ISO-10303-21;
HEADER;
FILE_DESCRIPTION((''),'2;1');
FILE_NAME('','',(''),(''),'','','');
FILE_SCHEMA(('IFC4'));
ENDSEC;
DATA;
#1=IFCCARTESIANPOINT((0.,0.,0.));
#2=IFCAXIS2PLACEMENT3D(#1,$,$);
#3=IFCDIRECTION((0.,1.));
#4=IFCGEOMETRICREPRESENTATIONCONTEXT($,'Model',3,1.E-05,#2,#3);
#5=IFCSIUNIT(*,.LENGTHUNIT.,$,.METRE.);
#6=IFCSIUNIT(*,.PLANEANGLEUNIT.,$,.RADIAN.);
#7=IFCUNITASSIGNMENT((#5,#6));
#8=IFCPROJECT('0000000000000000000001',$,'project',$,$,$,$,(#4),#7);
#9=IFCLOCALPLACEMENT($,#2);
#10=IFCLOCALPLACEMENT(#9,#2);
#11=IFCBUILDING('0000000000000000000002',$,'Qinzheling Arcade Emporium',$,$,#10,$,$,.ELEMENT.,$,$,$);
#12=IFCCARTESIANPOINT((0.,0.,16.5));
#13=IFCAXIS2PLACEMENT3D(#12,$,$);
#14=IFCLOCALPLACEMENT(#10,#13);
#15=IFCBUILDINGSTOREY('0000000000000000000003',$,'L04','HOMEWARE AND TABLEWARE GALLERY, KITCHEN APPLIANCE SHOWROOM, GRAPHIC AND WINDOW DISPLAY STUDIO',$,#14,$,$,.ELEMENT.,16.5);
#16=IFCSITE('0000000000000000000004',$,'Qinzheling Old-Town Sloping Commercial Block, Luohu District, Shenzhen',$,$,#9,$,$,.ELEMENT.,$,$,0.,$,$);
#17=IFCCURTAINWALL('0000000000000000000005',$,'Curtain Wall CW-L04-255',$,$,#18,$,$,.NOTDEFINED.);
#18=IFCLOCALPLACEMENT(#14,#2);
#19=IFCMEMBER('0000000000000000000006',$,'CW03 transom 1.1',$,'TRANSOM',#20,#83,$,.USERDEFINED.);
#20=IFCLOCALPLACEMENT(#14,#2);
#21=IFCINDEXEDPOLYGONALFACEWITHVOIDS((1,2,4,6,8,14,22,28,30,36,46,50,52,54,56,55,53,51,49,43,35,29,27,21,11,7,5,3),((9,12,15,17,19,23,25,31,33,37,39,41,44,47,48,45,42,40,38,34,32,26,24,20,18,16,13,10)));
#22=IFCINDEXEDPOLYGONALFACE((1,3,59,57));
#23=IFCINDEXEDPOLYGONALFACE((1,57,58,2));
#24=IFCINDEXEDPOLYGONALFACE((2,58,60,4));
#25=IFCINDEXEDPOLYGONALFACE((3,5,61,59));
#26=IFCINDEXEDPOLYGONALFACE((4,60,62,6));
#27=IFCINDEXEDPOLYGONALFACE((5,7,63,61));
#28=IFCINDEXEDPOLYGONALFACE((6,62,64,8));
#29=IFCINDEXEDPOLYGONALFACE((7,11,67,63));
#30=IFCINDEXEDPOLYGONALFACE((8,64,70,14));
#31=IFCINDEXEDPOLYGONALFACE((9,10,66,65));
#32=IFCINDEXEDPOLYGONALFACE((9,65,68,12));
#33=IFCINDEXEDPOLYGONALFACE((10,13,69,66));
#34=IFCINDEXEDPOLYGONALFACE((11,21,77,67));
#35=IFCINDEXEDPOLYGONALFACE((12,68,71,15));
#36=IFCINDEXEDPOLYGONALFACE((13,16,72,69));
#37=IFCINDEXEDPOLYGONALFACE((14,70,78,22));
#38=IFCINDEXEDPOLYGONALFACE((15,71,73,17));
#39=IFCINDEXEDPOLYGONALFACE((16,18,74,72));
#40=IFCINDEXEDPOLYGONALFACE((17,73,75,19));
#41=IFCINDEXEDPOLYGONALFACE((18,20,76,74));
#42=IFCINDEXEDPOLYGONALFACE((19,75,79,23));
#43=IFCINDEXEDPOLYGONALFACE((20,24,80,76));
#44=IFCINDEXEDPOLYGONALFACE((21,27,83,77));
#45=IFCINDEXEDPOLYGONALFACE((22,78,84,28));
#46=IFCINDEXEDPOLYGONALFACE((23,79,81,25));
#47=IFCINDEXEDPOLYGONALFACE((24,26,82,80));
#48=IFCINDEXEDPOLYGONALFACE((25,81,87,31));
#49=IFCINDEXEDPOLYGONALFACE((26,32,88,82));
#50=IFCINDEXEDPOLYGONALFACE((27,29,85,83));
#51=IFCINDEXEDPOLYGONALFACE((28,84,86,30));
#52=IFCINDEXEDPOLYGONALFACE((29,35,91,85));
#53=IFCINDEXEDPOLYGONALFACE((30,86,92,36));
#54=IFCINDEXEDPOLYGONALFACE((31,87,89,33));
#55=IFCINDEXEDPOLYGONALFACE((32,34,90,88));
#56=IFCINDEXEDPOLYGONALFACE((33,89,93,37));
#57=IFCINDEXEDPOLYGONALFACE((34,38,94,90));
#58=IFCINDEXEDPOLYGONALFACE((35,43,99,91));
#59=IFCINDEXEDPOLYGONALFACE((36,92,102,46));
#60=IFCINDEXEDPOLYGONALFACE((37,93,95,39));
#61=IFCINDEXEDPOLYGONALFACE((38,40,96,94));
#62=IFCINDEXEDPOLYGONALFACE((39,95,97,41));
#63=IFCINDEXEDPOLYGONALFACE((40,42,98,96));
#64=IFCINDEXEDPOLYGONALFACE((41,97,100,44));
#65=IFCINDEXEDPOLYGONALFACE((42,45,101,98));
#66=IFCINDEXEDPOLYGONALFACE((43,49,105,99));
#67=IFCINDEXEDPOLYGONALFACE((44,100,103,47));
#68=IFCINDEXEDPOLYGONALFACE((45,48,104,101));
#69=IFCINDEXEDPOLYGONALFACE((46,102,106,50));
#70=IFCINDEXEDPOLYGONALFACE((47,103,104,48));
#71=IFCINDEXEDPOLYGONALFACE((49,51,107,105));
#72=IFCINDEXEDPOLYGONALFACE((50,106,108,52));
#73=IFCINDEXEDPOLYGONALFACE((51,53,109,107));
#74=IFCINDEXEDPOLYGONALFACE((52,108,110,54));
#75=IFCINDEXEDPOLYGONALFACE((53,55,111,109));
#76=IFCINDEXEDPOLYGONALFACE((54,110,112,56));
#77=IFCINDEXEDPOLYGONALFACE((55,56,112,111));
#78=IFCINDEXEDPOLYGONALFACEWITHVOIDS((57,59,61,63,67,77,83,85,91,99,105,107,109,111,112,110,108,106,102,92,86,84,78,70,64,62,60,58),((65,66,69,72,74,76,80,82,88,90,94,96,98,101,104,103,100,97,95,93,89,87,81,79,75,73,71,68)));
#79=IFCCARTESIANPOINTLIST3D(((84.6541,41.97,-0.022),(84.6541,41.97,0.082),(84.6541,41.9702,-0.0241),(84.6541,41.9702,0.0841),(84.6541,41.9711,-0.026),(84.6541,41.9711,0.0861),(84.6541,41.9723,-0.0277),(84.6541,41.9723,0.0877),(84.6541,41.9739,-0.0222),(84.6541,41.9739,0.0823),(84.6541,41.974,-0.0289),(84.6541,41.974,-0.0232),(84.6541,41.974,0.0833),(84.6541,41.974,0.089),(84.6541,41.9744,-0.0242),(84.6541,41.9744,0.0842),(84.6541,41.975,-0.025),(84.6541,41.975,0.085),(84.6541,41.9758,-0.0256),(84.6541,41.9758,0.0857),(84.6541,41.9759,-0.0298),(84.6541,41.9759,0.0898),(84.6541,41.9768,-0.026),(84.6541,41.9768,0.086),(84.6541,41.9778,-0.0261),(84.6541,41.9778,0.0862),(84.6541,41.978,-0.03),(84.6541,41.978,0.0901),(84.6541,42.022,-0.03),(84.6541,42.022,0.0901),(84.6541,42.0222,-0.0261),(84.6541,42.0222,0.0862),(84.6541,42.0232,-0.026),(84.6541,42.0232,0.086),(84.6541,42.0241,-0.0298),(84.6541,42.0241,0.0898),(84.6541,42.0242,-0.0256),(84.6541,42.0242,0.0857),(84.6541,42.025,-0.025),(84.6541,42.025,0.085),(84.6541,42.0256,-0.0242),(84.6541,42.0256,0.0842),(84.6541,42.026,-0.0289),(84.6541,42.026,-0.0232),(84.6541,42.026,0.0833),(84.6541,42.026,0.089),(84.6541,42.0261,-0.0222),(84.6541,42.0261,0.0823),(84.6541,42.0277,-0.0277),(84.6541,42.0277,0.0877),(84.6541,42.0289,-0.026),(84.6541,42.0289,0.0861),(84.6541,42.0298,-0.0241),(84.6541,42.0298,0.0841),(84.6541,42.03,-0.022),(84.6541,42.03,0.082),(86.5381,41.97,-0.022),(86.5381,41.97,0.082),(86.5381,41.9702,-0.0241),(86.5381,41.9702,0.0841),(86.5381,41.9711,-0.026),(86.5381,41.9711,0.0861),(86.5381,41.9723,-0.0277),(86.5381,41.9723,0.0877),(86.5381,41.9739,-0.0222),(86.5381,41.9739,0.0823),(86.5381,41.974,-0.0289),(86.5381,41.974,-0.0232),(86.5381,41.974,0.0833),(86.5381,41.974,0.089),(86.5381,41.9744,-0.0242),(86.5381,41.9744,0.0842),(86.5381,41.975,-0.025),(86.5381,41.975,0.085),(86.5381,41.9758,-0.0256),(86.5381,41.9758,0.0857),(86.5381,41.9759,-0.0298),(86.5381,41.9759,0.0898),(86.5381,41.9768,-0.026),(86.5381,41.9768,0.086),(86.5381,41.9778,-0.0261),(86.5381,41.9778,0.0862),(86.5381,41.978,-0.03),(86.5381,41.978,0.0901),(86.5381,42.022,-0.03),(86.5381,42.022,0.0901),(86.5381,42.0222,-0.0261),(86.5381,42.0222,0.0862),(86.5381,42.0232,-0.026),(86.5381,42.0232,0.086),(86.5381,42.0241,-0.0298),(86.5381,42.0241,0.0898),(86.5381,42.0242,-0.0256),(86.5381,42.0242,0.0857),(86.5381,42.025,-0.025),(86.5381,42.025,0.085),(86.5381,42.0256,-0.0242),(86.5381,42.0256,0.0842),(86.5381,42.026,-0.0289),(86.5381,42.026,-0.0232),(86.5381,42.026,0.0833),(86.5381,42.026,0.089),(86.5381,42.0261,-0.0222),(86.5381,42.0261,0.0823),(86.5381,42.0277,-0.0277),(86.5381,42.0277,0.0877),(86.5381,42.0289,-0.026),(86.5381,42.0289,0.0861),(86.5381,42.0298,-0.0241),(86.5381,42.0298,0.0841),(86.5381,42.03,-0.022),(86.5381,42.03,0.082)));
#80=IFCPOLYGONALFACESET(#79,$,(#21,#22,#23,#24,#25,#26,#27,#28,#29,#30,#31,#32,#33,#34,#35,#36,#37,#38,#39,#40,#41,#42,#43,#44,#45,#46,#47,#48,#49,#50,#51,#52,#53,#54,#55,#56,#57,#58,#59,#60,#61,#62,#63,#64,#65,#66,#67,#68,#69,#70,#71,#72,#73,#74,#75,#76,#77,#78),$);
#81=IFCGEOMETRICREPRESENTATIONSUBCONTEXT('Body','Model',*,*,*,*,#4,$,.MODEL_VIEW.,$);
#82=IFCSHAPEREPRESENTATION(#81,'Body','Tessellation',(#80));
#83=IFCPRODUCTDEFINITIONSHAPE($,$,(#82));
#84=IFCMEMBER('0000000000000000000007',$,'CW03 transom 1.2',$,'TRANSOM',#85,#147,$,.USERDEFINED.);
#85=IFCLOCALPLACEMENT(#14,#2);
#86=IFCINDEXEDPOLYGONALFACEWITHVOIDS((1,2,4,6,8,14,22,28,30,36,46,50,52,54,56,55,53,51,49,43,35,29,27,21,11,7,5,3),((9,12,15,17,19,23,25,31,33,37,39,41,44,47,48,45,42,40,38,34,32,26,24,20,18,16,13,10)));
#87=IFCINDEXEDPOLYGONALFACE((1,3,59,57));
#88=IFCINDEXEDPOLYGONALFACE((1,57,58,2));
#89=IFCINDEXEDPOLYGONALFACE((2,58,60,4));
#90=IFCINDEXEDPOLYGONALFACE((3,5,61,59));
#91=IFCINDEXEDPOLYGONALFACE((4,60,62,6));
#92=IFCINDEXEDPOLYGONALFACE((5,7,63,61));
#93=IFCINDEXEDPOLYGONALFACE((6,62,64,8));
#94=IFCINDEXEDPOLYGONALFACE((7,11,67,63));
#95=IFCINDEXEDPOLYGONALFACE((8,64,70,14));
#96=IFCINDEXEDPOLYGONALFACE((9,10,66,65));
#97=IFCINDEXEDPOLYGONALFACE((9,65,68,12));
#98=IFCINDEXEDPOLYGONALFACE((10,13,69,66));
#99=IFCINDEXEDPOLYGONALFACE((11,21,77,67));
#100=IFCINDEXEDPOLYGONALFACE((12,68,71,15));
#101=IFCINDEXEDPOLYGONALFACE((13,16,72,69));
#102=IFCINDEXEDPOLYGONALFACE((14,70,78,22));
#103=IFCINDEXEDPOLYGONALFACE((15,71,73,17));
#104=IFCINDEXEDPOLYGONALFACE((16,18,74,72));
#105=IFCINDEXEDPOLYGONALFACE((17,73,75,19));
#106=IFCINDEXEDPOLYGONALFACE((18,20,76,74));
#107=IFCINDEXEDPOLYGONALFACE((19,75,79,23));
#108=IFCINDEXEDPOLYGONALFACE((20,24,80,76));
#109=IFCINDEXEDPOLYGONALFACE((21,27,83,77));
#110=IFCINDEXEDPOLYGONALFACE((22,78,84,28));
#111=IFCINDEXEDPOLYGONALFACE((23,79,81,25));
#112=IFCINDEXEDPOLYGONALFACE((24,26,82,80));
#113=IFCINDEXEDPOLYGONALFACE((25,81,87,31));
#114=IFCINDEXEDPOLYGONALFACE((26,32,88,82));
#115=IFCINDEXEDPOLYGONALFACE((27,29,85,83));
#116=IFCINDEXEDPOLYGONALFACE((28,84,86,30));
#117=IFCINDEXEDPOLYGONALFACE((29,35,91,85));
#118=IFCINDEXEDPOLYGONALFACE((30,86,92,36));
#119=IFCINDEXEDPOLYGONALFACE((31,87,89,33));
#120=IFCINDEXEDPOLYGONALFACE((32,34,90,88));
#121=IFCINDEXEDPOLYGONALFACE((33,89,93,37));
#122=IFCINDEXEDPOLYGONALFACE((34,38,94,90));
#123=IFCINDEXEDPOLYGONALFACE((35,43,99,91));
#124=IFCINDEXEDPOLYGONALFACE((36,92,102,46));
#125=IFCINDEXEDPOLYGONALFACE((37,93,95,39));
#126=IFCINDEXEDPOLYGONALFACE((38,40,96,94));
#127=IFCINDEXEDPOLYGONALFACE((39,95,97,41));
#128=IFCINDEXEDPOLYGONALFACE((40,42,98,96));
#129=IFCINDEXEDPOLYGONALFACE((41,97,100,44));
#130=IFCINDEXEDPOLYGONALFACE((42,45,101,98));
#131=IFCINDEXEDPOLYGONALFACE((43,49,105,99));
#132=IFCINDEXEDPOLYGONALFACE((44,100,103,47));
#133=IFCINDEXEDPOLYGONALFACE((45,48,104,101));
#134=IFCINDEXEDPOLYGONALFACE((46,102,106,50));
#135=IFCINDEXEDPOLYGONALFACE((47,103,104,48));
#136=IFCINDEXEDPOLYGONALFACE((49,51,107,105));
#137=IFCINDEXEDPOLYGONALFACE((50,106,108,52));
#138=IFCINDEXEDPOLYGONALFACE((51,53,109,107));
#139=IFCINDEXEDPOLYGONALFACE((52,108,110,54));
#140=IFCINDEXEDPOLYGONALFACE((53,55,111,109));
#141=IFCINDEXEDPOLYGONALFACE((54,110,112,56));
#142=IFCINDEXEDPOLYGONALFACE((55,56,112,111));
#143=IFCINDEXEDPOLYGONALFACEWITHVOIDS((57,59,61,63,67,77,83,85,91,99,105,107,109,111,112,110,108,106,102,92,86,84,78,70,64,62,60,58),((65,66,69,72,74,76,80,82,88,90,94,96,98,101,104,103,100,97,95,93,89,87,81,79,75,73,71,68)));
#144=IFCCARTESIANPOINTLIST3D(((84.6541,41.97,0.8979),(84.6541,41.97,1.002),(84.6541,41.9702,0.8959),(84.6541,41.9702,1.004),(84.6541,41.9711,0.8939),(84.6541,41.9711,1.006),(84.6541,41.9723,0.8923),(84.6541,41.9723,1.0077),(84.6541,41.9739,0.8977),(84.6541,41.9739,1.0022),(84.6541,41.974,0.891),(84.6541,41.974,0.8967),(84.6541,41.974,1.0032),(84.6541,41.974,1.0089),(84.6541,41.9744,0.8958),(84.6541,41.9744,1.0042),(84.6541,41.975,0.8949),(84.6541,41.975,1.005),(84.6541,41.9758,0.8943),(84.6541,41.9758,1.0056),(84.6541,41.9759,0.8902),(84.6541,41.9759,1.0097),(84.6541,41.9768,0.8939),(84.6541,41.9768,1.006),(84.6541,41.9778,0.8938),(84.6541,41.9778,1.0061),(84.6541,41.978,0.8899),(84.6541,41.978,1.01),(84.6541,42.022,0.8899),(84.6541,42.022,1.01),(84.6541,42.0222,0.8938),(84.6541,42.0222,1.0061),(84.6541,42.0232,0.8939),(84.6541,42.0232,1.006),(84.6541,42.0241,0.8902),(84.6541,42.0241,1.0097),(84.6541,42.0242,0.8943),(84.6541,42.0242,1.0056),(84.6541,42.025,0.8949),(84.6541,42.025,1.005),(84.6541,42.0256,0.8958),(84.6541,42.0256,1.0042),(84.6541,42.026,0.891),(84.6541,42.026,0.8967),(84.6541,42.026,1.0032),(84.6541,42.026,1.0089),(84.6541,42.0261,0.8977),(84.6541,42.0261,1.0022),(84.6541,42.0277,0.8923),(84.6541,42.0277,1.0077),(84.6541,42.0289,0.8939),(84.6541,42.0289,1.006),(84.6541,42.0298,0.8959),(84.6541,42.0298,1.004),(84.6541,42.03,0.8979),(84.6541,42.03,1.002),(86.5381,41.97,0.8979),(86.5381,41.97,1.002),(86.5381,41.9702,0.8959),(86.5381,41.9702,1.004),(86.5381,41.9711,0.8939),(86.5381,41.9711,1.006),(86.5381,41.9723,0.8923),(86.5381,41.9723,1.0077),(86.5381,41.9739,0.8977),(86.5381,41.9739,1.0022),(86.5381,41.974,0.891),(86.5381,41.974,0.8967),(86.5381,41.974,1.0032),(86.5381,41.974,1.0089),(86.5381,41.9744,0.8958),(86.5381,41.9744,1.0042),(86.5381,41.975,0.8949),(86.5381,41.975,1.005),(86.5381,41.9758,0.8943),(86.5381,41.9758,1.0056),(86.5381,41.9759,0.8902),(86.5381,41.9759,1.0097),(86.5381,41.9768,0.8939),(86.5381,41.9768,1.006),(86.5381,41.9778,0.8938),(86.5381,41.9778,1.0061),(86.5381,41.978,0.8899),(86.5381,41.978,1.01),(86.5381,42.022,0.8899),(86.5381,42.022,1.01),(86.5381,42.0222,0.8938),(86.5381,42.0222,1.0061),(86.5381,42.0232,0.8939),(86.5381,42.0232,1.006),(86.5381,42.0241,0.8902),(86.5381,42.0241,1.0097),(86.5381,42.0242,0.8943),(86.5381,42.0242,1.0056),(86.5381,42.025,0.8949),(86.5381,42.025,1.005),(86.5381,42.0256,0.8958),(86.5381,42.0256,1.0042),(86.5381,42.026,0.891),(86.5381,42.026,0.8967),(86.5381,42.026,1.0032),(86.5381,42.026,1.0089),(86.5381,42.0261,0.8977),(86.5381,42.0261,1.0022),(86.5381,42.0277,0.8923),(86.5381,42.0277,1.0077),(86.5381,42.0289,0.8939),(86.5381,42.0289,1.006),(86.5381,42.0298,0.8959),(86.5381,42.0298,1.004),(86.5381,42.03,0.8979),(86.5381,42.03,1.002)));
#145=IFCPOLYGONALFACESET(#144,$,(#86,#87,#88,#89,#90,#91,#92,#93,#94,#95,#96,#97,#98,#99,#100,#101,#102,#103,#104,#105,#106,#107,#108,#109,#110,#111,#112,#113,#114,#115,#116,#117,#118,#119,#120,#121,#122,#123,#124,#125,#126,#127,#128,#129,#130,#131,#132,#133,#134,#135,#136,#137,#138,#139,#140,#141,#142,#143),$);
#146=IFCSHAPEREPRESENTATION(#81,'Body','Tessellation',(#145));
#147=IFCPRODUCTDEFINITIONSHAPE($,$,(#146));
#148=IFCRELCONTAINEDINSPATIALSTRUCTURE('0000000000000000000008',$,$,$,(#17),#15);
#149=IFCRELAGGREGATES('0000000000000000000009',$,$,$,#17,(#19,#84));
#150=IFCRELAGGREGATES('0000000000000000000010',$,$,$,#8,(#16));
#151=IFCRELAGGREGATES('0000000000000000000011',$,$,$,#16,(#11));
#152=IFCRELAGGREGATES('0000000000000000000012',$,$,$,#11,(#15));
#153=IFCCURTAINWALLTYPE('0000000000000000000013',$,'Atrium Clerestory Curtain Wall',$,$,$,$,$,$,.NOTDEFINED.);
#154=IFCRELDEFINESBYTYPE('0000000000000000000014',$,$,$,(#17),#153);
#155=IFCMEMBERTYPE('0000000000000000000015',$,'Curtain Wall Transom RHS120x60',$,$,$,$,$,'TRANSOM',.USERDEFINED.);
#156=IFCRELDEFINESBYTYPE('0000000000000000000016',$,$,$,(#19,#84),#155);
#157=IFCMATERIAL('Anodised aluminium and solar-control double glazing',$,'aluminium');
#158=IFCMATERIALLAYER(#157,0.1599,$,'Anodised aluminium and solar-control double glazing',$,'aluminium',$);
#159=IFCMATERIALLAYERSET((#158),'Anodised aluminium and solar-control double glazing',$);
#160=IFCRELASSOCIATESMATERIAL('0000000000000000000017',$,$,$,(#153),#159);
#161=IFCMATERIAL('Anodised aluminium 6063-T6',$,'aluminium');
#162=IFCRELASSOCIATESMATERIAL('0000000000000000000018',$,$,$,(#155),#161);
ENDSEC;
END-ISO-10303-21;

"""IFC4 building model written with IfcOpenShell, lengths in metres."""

from ifc_helpers import new_model, si_unit, direction, frame, origin, origin_2d, place, context, subcontext, project, spatial, hollow_rectangle, extrude, material, layer, layer_set, material_profile, profile_set, type_object, element, aggregate, save


model = new_model("IFC4")

# Units and contexts
model_context = context("Model", 3, precision=1e-05, world=origin(), true_north=direction((0.0, 1.0)))
body_context = subcontext(model_context, "Body", "Model", "MODEL_VIEW")
ifc_project = project(units=[si_unit("LENGTHUNIT", "METRE"), si_unit("PLANEANGLEUNIT", "RADIAN")], contexts=[model_context])

# Site, building, storey
site_placement = place(None, origin())
site = spatial("IfcSite", under=ifc_project, at=site_placement, Name="Qinzheling Old-Town Sloping Commercial Block, Luohu District, Shenzhen", CompositionType="ELEMENT", RefElevation=0.0)
building_placement = place(site_placement, origin())
building = spatial("IfcBuilding", under=site, at=building_placement, Name="Qinzheling Arcade Emporium", CompositionType="ELEMENT")
storey_placement = place(building_placement, frame((0.0, 0.0, 16.5)))
storey = spatial("IfcBuildingStorey", under=building, at=storey_placement, Name="L04", Description="HOMEWARE AND TABLEWARE GALLERY, KITCHEN APPLIANCE SHOWROOM, GRAPHIC AND WINDOW DISPLAY STUDIO", CompositionType="ELEMENT", Elevation=16.5)

# Curtain wall, members
ifc_material_1 = material(Name="Anodised aluminium and solar-control double glazing", Category="aluminium")
ifc_layer_1 = layer(ifc_material_1, 0.1599, Name="Anodised aluminium and solar-control double glazing", Category="aluminium")
ifc_layer_set_1 = layer_set([ifc_layer_1], Name="Anodised aluminium and solar-control double glazing")
curtain_wall_type = type_object("IfcCurtainWallType", Name="Atrium Clerestory Curtain Wall", PredefinedType="NOTDEFINED", material=ifc_layer_set_1)
curtain_wall_placement = place(storey_placement, origin())
curtain_wall = element("IfcCurtainWall", 1, at=curtain_wall_placement, inside=storey, type_object=curtain_wall_type, Name="Curtain Wall CW-L04-255", PredefinedType="NOTDEFINED")
ifc_material_2 = material(Name="Anodised aluminium 6063-T6", Category="aluminium")
ifc_material_profile_1 = material_profile(ifc_material_2, hollow_rectangle(XDim=0.0601, YDim=0.1201, WallThickness=0.0039, InnerFilletRadius=0.0039, OuterFilletRadius=0.0081, at=origin_2d()), Name="RHS 120x60x4", Category="aluminium")
ifc_profile_set_1 = profile_set([ifc_material_profile_1], Name="Anodised aluminium 6063-T6")
member_type_1 = type_object("IfcMemberType", Name="Curtain Wall Transom RHS120x60", ElementType="TRANSOM", PredefinedType="USERDEFINED", material=ifc_profile_set_1)
member_1_placement = place(storey_placement, frame((86.5381, 42.0, 0.03), z_axis=(-1.0, 0.0, 0.0), x_axis=(0.0, -1.0, 0.0)))
member_1 = element("IfcMember", 2, at=member_1_placement, type_object=member_type_1, Name="CW03 transom 1.1", ObjectType="TRANSOM", PredefinedType="USERDEFINED", context=body_context, shape_type="SweptSolid", body=[
    extrude(hollow_rectangle(XDim=0.0601, YDim=0.1201, WallThickness=0.0039, InnerFilletRadius=0.0039, OuterFilletRadius=0.0081, at=origin_2d()), origin(), (0.0, 0.0, 1.0), 1.884),
])
member_2_placement = place(storey_placement, frame((86.5381, 42.0, 0.95), z_axis=(-1.0, 0.0, 0.0), x_axis=(0.0, -1.0, 0.0)))
member_2 = element("IfcMember", 3, at=member_2_placement, type_object=member_type_1, Name="CW03 transom 1.2", ObjectType="TRANSOM", PredefinedType="USERDEFINED", context=body_context, shape_type="SweptSolid", body=[
    extrude(hollow_rectangle(XDim=0.0601, YDim=0.1201, WallThickness=0.0039, InnerFilletRadius=0.0039, OuterFilletRadius=0.0081, at=origin_2d()), origin(), (0.0, 0.0, 1.0), 1.884),
])

aggregate(curtain_wall, [member_1, member_2])

save(model, "model.ifc")
